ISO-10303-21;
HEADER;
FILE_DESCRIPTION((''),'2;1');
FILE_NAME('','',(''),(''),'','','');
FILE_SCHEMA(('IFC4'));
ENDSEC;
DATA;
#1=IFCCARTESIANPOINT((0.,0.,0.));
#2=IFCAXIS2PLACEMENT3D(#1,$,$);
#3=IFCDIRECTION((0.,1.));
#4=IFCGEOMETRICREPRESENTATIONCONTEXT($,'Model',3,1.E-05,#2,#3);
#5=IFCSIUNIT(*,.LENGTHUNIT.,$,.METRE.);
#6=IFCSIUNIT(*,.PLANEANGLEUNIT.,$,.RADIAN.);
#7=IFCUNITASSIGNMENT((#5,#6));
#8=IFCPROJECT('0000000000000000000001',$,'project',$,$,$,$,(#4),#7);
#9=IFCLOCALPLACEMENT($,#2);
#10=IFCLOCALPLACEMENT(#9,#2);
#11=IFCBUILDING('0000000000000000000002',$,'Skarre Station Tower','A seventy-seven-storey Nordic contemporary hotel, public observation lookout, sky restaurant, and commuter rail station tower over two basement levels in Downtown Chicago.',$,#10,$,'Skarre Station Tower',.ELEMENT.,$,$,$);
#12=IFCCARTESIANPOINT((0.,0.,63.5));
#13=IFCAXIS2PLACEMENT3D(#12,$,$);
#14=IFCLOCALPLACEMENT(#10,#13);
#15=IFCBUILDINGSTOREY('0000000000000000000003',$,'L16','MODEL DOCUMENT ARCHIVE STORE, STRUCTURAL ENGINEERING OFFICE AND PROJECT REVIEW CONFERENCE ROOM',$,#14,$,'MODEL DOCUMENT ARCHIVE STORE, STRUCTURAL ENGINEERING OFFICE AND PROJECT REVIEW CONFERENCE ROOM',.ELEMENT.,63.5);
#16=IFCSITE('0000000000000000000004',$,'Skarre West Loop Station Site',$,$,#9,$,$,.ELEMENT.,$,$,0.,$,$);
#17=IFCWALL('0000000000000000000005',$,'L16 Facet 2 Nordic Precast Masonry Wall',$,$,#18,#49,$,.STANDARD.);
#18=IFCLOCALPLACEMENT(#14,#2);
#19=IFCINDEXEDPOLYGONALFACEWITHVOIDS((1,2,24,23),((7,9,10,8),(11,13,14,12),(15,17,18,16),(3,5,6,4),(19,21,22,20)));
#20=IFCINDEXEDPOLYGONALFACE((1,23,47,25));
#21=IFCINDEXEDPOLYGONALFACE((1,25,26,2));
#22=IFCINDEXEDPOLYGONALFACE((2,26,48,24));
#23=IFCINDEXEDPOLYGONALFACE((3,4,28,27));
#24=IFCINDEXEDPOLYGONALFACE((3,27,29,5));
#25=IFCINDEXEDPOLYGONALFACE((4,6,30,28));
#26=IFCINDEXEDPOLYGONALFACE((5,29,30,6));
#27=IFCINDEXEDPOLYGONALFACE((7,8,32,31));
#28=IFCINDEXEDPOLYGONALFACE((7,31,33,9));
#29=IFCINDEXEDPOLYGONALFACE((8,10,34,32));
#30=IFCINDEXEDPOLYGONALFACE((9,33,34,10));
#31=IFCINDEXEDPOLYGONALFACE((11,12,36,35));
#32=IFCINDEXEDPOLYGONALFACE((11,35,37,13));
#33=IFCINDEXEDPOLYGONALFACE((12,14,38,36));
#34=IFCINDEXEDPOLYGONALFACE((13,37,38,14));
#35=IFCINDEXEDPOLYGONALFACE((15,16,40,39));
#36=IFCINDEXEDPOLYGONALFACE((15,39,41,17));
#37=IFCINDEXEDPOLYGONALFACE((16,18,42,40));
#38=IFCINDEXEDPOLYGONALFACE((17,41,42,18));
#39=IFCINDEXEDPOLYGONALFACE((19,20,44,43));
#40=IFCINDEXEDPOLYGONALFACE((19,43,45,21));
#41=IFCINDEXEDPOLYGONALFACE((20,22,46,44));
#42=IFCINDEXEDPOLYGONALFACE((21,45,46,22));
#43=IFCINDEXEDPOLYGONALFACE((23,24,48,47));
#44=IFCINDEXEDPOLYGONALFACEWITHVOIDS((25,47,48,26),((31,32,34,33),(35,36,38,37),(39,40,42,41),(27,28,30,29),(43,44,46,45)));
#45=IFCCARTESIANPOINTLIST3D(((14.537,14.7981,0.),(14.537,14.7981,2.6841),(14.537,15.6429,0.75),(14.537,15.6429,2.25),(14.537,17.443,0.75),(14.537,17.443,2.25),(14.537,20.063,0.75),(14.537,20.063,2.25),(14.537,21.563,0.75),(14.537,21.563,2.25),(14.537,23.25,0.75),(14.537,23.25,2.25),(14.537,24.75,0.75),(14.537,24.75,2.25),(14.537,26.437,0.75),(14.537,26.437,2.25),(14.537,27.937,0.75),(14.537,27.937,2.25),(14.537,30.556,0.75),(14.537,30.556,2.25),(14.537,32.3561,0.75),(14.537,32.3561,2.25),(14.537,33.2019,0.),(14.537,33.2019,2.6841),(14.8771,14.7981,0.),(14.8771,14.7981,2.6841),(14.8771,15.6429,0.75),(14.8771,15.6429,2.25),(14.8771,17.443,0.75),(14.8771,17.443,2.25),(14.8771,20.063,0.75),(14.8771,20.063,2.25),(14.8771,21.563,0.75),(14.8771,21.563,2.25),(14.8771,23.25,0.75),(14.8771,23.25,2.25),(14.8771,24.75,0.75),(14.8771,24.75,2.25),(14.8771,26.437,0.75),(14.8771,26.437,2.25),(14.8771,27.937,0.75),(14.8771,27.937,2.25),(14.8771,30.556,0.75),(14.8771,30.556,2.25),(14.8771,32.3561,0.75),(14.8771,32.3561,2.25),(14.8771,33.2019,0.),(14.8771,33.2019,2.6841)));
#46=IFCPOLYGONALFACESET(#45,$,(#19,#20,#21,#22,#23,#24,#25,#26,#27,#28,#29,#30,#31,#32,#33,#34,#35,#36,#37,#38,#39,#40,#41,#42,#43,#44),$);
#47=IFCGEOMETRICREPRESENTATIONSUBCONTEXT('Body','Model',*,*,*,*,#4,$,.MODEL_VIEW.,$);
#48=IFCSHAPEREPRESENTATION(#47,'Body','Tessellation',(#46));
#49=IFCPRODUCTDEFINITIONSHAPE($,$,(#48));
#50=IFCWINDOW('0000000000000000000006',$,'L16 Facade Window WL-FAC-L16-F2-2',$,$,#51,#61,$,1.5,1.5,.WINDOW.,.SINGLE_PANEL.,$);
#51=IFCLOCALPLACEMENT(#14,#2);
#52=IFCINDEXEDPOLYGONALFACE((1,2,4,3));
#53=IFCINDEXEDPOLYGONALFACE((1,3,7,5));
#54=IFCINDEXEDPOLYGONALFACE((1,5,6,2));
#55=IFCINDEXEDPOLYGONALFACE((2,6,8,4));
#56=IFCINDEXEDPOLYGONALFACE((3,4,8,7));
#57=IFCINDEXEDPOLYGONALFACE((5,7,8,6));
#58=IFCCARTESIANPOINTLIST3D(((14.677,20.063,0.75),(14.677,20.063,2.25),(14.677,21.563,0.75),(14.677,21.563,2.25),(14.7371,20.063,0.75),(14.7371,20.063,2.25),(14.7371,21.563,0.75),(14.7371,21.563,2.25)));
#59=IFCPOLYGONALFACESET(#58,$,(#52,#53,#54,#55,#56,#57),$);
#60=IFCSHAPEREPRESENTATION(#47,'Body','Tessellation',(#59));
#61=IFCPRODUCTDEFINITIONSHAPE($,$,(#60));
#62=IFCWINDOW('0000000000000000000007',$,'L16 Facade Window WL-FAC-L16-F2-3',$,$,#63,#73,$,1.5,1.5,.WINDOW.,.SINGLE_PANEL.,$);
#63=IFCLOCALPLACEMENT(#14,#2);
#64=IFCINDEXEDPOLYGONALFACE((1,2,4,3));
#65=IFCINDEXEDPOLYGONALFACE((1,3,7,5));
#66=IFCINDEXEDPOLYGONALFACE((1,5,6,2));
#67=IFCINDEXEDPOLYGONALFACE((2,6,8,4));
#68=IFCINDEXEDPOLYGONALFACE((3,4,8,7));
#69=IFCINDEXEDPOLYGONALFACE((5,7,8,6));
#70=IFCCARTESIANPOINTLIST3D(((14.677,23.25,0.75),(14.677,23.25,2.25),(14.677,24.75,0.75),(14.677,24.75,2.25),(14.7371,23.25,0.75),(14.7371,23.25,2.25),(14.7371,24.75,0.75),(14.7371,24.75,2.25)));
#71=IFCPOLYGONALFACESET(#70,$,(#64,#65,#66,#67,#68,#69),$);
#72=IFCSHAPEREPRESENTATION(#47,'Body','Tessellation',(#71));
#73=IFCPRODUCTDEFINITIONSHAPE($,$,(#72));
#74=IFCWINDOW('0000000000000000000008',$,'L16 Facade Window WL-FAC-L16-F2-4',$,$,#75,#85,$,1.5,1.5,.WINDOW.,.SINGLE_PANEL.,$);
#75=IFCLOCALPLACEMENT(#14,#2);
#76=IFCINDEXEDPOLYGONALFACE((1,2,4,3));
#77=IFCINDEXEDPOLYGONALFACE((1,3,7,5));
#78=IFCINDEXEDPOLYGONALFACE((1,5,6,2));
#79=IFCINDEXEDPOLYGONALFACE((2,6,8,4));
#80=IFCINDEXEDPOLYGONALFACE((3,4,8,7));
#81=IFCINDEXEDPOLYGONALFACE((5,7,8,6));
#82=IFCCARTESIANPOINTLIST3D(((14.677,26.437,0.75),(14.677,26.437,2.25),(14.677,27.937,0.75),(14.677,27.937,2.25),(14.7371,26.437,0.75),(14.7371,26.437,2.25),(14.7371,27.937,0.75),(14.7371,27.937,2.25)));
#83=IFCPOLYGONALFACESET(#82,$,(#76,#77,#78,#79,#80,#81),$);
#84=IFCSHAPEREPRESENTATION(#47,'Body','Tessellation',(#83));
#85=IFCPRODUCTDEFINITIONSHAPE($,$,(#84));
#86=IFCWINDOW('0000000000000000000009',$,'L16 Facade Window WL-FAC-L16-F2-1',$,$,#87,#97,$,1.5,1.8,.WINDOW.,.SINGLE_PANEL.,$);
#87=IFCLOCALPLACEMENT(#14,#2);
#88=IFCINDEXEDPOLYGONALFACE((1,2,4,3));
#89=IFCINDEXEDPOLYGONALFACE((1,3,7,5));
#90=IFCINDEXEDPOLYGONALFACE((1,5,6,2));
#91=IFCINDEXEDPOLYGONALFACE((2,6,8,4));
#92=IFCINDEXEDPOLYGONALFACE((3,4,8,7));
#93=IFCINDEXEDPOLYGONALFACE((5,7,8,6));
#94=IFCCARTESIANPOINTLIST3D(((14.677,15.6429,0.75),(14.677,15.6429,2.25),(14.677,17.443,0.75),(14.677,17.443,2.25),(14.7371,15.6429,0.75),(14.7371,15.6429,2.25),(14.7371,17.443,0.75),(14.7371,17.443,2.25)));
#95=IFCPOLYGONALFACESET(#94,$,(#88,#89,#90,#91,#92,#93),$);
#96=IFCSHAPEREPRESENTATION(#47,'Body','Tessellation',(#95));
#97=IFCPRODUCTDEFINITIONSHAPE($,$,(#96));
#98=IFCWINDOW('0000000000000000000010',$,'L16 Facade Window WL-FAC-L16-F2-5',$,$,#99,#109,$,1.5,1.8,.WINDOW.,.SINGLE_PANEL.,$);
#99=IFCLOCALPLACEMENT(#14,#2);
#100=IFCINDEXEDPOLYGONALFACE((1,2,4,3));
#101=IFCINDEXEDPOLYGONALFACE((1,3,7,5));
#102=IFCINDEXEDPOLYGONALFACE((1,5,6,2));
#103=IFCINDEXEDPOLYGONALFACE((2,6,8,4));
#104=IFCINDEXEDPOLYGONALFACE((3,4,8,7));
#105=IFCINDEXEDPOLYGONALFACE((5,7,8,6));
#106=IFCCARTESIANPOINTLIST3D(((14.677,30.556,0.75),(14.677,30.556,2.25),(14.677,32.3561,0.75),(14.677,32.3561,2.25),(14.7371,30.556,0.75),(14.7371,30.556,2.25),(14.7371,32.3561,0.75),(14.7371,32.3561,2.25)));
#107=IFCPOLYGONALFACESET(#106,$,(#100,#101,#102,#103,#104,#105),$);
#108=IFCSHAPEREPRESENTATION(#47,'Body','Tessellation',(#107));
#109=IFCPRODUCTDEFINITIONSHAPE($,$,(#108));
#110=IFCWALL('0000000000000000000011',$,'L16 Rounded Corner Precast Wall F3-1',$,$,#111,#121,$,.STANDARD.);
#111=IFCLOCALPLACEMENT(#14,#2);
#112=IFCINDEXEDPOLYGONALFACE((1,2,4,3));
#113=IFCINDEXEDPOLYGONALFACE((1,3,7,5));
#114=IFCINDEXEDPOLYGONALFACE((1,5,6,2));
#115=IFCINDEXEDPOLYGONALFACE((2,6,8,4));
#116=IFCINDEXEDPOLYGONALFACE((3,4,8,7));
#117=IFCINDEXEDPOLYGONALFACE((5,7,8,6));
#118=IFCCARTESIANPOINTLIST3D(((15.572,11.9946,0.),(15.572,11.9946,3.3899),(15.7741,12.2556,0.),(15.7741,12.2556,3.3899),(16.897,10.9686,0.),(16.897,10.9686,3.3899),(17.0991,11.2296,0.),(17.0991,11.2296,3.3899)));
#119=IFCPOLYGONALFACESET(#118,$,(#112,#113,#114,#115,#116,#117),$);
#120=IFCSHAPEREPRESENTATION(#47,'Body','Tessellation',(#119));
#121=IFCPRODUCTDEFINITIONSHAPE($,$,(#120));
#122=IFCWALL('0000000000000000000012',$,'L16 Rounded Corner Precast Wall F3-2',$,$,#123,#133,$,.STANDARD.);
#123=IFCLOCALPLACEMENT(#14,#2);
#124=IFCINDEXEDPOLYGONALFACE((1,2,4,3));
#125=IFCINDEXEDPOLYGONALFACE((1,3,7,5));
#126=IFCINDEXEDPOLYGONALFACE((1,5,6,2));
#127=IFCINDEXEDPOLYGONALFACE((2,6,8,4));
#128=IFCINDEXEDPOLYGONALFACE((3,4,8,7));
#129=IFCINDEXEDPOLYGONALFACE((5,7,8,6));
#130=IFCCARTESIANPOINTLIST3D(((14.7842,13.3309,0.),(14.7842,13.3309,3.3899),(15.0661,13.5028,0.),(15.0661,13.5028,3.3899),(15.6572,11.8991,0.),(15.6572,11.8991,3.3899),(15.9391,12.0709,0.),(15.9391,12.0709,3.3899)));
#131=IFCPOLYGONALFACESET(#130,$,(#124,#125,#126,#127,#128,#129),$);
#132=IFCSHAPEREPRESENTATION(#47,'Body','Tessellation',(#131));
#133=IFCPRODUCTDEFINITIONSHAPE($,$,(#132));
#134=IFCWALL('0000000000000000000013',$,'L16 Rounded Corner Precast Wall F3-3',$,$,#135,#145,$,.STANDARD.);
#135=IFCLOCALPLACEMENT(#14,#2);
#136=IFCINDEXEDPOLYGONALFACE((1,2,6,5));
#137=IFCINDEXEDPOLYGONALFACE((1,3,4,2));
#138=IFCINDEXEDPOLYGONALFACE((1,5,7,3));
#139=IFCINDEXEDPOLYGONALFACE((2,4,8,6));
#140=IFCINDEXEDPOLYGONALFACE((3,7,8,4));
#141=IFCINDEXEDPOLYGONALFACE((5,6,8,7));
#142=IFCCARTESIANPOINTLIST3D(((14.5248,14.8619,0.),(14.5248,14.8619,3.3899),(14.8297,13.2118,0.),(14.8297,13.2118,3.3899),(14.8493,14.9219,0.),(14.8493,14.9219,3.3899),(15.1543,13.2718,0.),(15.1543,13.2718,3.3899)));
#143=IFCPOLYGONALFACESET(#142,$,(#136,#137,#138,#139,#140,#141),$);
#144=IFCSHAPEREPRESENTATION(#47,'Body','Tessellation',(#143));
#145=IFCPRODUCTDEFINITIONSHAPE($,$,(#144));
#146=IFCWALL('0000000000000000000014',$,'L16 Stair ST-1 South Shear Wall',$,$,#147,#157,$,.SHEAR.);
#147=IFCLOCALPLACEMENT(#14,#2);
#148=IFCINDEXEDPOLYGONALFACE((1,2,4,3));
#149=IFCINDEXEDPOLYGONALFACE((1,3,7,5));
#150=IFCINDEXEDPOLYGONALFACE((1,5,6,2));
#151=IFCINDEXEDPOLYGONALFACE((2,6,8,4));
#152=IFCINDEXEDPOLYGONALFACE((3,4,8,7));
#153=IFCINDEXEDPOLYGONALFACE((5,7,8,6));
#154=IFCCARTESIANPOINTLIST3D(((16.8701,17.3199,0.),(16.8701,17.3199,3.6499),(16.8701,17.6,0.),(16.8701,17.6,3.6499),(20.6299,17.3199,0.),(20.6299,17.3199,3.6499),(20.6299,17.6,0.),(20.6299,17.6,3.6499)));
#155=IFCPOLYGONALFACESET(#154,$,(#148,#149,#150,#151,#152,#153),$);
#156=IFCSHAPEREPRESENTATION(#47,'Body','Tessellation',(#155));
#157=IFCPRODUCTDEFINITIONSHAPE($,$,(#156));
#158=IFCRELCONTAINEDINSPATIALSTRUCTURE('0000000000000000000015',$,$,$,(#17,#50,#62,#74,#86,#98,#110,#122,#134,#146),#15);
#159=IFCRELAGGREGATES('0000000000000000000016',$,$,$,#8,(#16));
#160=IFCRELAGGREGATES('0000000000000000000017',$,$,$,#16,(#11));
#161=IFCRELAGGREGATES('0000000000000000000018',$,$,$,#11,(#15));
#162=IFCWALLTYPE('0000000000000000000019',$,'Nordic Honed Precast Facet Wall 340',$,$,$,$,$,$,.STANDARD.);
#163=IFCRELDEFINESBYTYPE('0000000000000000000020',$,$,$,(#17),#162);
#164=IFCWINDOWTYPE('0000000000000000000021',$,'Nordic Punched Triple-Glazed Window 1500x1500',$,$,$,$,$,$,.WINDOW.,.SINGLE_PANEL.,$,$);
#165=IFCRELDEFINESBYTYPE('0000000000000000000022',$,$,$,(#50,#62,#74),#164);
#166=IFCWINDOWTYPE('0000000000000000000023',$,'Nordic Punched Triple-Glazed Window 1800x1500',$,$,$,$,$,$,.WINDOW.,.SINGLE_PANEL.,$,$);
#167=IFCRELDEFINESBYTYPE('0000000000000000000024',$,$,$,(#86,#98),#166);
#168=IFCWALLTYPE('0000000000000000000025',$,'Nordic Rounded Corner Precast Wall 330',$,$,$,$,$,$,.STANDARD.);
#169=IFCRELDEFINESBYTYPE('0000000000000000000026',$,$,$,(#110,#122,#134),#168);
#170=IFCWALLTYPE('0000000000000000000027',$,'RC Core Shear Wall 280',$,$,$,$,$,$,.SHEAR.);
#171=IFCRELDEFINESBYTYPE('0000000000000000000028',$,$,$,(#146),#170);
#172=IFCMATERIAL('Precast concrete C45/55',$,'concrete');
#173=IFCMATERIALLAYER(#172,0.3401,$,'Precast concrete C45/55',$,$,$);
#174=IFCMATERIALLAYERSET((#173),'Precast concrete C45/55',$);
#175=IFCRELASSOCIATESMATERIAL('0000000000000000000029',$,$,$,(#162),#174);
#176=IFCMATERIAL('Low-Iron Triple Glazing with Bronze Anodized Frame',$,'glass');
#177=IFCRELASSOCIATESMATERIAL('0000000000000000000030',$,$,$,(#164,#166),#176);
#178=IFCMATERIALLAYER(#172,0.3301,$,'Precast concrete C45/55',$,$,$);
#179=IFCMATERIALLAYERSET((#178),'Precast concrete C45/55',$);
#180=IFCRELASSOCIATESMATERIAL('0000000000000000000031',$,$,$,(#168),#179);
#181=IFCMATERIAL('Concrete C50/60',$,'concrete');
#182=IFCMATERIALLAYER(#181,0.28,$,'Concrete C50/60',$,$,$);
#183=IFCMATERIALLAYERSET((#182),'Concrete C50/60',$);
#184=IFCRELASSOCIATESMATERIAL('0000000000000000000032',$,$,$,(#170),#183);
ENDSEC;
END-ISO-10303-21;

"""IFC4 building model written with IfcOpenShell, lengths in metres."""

from ifc_helpers import new_model, si_unit, direction, frame, frame_2d, origin, place, context, subcontext, project, spatial, rectangle, extrude, material, layer, layer_set, type_object, element, fill, save


model = new_model("IFC4")

# Units and contexts
model_context = context("Model", 3, precision=1e-05, world=origin(), true_north=direction((0.0, 1.0)))
body_context = subcontext(model_context, "Body", "Model", "MODEL_VIEW")
ifc_project = project(units=[si_unit("LENGTHUNIT", "METRE"), si_unit("PLANEANGLEUNIT", "RADIAN")], contexts=[model_context])

# Site, building, storey
site_placement = place(None, origin())
site = spatial("IfcSite", under=ifc_project, at=site_placement, Name="Skarre West Loop Station Site", CompositionType="ELEMENT", RefElevation=0.0)
building_placement = place(site_placement, origin())
building = spatial("IfcBuilding", under=site, at=building_placement, Name="Skarre Station Tower", Description="A seventy-seven-storey Nordic contemporary hotel, public observation lookout, sky restaurant, and commuter rail station tower over two basement levels in Downtown Chicago.", LongName="Skarre Station Tower", CompositionType="ELEMENT")
storey_placement = place(building_placement, frame((0.0, 0.0, 63.5)))
storey = spatial("IfcBuildingStorey", under=building, at=storey_placement, Name="L16", Description="MODEL DOCUMENT ARCHIVE STORE, STRUCTURAL ENGINEERING OFFICE AND PROJECT REVIEW CONFERENCE ROOM", LongName="MODEL DOCUMENT ARCHIVE STORE, STRUCTURAL ENGINEERING OFFICE AND PROJECT REVIEW CONFERENCE ROOM", CompositionType="ELEMENT", Elevation=63.5)

# Shared definitions
ifc_material_1 = material(Name="Concrete C50/60", Category="concrete")

# Wall, openings, windows
ifc_material_2 = material(Name="Precast concrete C45/55", Category="concrete")
ifc_layer_1 = layer(ifc_material_2, 0.3401, Name="Precast concrete C45/55")
ifc_layer_set_1 = layer_set([ifc_layer_1], Name="Precast concrete C45/55")
wall_type_1 = type_object("IfcWallType", Name="Nordic Honed Precast Facet Wall 340", PredefinedType="STANDARD", material=ifc_layer_set_1)
wall_1_placement = place(storey_placement, frame((14.707, 14.7981, 0.0), z_axis=(0.0, 0.0, 1.0), x_axis=(0.0, 1.0, 0.0)))
wall_1 = element("IfcWall", 1, at=wall_1_placement, inside=storey, type_object=wall_type_1, Name="L16 Facet 2 Nordic Precast Masonry Wall", PredefinedType="STANDARD", context=body_context, shape_type="SweptSolid", body=[
    extrude(rectangle(XDim=18.4038, YDim=0.3401, at=frame_2d((9.2019, 0.0))), origin(), (0.0, 0.0, 1.0), 2.6841),
])
opening_1_placement = place(wall_1_placement, frame((0.845, 0.0, 0.75)))
opening_1 = element("IfcOpeningElement", 2, at=opening_1_placement, cuts=wall_1, PredefinedType="OPENING", context=body_context, shape_type="SweptSolid", body=[
    extrude(rectangle(XDim=1.8, YDim=1.5, at=frame_2d((0.8999, 0.75))), frame((0.0, 0.1799, 0.0), z_axis=(0.0, -1.0, 0.0), x_axis=(1.0, 0.0, 0.0)), (0.0, 0.0, 1.0), 0.3601),
])
opening_2_placement = place(wall_1_placement, frame((5.2649, 0.0, 0.75)))
opening_2 = element("IfcOpeningElement", 3, at=opening_2_placement, cuts=wall_1, PredefinedType="OPENING", context=body_context, shape_type="SweptSolid", body=[
    extrude(rectangle(XDim=1.5, YDim=1.5, at=frame_2d((0.75, 0.75))), frame((0.0, 0.1799, 0.0), z_axis=(0.0, -1.0, 0.0), x_axis=(1.0, 0.0, 0.0)), (0.0, 0.0, 1.0), 0.3601),
])
opening_3_placement = place(wall_1_placement, frame((8.4519, 0.0, 0.75)))
opening_3 = element("IfcOpeningElement", 4, at=opening_3_placement, cuts=wall_1, PredefinedType="OPENING", context=body_context, shape_type="SweptSolid", body=[
    extrude(rectangle(XDim=1.5, YDim=1.5, at=frame_2d((0.75, 0.75))), frame((0.0, 0.1799, 0.0), z_axis=(0.0, -1.0, 0.0), x_axis=(1.0, 0.0, 0.0)), (0.0, 0.0, 1.0), 0.3601),
])
opening_4_placement = place(wall_1_placement, frame((11.6389, 0.0, 0.75)))
opening_4 = element("IfcOpeningElement", 5, at=opening_4_placement, cuts=wall_1, PredefinedType="OPENING", context=body_context, shape_type="SweptSolid", body=[
    extrude(rectangle(XDim=1.5, YDim=1.5, at=frame_2d((0.75, 0.75))), frame((0.0, 0.1799, 0.0), z_axis=(0.0, -1.0, 0.0), x_axis=(1.0, 0.0, 0.0)), (0.0, 0.0, 1.0), 0.3601),
])
opening_5_placement = place(wall_1_placement, frame((15.7581, 0.0, 0.75)))
opening_5 = element("IfcOpeningElement", 6, at=opening_5_placement, cuts=wall_1, PredefinedType="OPENING", context=body_context, shape_type="SweptSolid", body=[
    extrude(rectangle(XDim=1.8, YDim=1.5, at=frame_2d((0.8999, 0.75))), frame((0.0, 0.1799, 0.0), z_axis=(0.0, -1.0, 0.0), x_axis=(1.0, 0.0, 0.0)), (0.0, 0.0, 1.0), 0.3601),
])
ifc_material_3 = material(Name="Low-Iron Triple Glazing with Bronze Anodized Frame", Category="glass")
window_type_1 = type_object("IfcWindowType", Name="Nordic Punched Triple-Glazed Window 1500x1500", PartitioningType="SINGLE_PANEL", PredefinedType="WINDOW", material=ifc_material_3)
window_1_placement = place(opening_2_placement, origin())
window_1 = element("IfcWindow", 7, at=window_1_placement, inside=storey, type_object=window_type_1, Name="L16 Facade Window WL-FAC-L16-F2-2", OverallHeight=1.5, OverallWidth=1.5, PartitioningType="SINGLE_PANEL", PredefinedType="WINDOW", context=body_context, shape_type="SweptSolid", body=[
    extrude(rectangle(XDim=1.5, YDim=1.5, at=frame_2d((0.75, 0.75))), frame((0.0, 0.03, 0.0), z_axis=(0.0, -1.0, 0.0), x_axis=(1.0, 0.0, 0.0)), (0.0, 0.0, 1.0), 0.0601),
])
fill(opening_2, window_1)
window_2_placement = place(opening_3_placement, origin())
window_2 = element("IfcWindow", 8, at=window_2_placement, inside=storey, type_object=window_type_1, Name="L16 Facade Window WL-FAC-L16-F2-3", OverallHeight=1.5, OverallWidth=1.5, PartitioningType="SINGLE_PANEL", PredefinedType="WINDOW", context=body_context, shape_type="SweptSolid", body=[
    extrude(rectangle(XDim=1.5, YDim=1.5, at=frame_2d((0.75, 0.75))), frame((0.0, 0.03, 0.0), z_axis=(0.0, -1.0, 0.0), x_axis=(1.0, 0.0, 0.0)), (0.0, 0.0, 1.0), 0.0601),
])
fill(opening_3, window_2)
window_3_placement = place(opening_4_placement, origin())
window_3 = element("IfcWindow", 9, at=window_3_placement, inside=storey, type_object=window_type_1, Name="L16 Facade Window WL-FAC-L16-F2-4", OverallHeight=1.5, OverallWidth=1.5, PartitioningType="SINGLE_PANEL", PredefinedType="WINDOW", context=body_context, shape_type="SweptSolid", body=[
    extrude(rectangle(XDim=1.5, YDim=1.5, at=frame_2d((0.75, 0.75))), frame((0.0, 0.03, 0.0), z_axis=(0.0, -1.0, 0.0), x_axis=(1.0, 0.0, 0.0)), (0.0, 0.0, 1.0), 0.0601),
])
fill(opening_4, window_3)
window_type_2 = type_object("IfcWindowType", Name="Nordic Punched Triple-Glazed Window 1800x1500", PartitioningType="SINGLE_PANEL", PredefinedType="WINDOW", material=ifc_material_3)
window_4_placement = place(opening_1_placement, origin())
window_4 = element("IfcWindow", 10, at=window_4_placement, inside=storey, type_object=window_type_2, Name="L16 Facade Window WL-FAC-L16-F2-1", OverallHeight=1.5, OverallWidth=1.8, PartitioningType="SINGLE_PANEL", PredefinedType="WINDOW", context=body_context, shape_type="SweptSolid", body=[
    extrude(rectangle(XDim=1.8, YDim=1.5, at=frame_2d((0.8999, 0.75))), frame((0.0, 0.03, 0.0), z_axis=(0.0, -1.0, 0.0), x_axis=(1.0, 0.0, 0.0)), (0.0, 0.0, 1.0), 0.0601),
])
fill(opening_1, window_4)
window_5_placement = place(opening_5_placement, origin())
window_5 = element("IfcWindow", 11, at=window_5_placement, inside=storey, type_object=window_type_2, Name="L16 Facade Window WL-FAC-L16-F2-5", OverallHeight=1.5, OverallWidth=1.8, PartitioningType="SINGLE_PANEL", PredefinedType="WINDOW", context=body_context, shape_type="SweptSolid", body=[
    extrude(rectangle(XDim=1.8, YDim=1.5, at=frame_2d((0.8999, 0.75))), frame((0.0, 0.03, 0.0), z_axis=(0.0, -1.0, 0.0), x_axis=(1.0, 0.0, 0.0)), (0.0, 0.0, 1.0), 0.0601),
])
fill(opening_5, window_5)

# Walls
ifc_layer_2 = layer(ifc_material_2, 0.3301, Name="Precast concrete C45/55")
ifc_layer_set_2 = layer_set([ifc_layer_2], Name="Precast concrete C45/55")
wall_type_2 = type_object("IfcWallType", Name="Nordic Rounded Corner Precast Wall 330", PredefinedType="STANDARD", material=ifc_layer_set_2)
wall_2_placement = place(storey_placement, frame((16.998, 11.0991, 0.0), z_axis=(0.0, 0.0, 1.0), x_axis=(-0.790692, 0.612214, 0.0)))
element("IfcWall", 12, at=wall_2_placement, inside=storey, type_object=wall_type_2, Name="L16 Rounded Corner Precast Wall F3-1", PredefinedType="STANDARD", context=body_context, shape_type="SweptSolid", body=[
    extrude(rectangle(XDim=1.6758, YDim=0.3301, at=frame_2d((0.8379, 0.0))), origin(), (0.0, 0.0, 1.0), 3.3899),
])
wall_3_placement = place(storey_placement, frame((15.7981, 11.9851, 0.0), z_axis=(0.0, 0.0, 1.0), x_axis=(-0.520584, 0.85381, 0.0)))
element("IfcWall", 13, at=wall_3_placement, inside=storey, type_object=wall_type_2, Name="L16 Rounded Corner Precast Wall F3-2", PredefinedType="STANDARD", context=body_context, shape_type="SweptSolid", body=[
    extrude(rectangle(XDim=1.677, YDim=0.3301, at=frame_2d((0.8384, 0.0))), origin(), (0.0, 0.0, 1.0), 3.3899),
])
wall_4_placement = place(storey_placement, frame((14.9919, 13.2419, 0.0), z_axis=(0.0, 0.0, 1.0), x_axis=(-0.181714, 0.983351, 0.0)))
element("IfcWall", 14, at=wall_4_placement, inside=storey, type_object=wall_type_2, Name="L16 Rounded Corner Precast Wall F3-3", PredefinedType="STANDARD", context=body_context, shape_type="SweptSolid", body=[
    extrude(rectangle(XDim=1.678, YDim=0.3301, at=frame_2d((0.8389, 0.0))), origin(), (0.0, 0.0, 1.0), 3.3899),
])
ifc_layer_3 = layer(ifc_material_1, 0.28, Name="Concrete C50/60")
ifc_layer_set_3 = layer_set([ifc_layer_3], Name="Concrete C50/60")
wall_type_3 = type_object("IfcWallType", Name="RC Core Shear Wall 280", PredefinedType="SHEAR", material=ifc_layer_set_3)
wall_5_placement = place(storey_placement, frame((16.8701, 17.46, 0.0), z_axis=(0.0, 0.0, 1.0), x_axis=(1.0, 0.0, 0.0)))
element("IfcWall", 15, at=wall_5_placement, inside=storey, type_object=wall_type_3, Name="L16 Stair ST-1 South Shear Wall", PredefinedType="SHEAR", context=body_context, shape_type="SweptSolid", body=[
    extrude(rectangle(XDim=3.7598, YDim=0.28, at=frame_2d((1.8799, 0.0))), origin(), (0.0, 0.0, 1.0), 3.6499),
])

save(model, "model.ifc")
